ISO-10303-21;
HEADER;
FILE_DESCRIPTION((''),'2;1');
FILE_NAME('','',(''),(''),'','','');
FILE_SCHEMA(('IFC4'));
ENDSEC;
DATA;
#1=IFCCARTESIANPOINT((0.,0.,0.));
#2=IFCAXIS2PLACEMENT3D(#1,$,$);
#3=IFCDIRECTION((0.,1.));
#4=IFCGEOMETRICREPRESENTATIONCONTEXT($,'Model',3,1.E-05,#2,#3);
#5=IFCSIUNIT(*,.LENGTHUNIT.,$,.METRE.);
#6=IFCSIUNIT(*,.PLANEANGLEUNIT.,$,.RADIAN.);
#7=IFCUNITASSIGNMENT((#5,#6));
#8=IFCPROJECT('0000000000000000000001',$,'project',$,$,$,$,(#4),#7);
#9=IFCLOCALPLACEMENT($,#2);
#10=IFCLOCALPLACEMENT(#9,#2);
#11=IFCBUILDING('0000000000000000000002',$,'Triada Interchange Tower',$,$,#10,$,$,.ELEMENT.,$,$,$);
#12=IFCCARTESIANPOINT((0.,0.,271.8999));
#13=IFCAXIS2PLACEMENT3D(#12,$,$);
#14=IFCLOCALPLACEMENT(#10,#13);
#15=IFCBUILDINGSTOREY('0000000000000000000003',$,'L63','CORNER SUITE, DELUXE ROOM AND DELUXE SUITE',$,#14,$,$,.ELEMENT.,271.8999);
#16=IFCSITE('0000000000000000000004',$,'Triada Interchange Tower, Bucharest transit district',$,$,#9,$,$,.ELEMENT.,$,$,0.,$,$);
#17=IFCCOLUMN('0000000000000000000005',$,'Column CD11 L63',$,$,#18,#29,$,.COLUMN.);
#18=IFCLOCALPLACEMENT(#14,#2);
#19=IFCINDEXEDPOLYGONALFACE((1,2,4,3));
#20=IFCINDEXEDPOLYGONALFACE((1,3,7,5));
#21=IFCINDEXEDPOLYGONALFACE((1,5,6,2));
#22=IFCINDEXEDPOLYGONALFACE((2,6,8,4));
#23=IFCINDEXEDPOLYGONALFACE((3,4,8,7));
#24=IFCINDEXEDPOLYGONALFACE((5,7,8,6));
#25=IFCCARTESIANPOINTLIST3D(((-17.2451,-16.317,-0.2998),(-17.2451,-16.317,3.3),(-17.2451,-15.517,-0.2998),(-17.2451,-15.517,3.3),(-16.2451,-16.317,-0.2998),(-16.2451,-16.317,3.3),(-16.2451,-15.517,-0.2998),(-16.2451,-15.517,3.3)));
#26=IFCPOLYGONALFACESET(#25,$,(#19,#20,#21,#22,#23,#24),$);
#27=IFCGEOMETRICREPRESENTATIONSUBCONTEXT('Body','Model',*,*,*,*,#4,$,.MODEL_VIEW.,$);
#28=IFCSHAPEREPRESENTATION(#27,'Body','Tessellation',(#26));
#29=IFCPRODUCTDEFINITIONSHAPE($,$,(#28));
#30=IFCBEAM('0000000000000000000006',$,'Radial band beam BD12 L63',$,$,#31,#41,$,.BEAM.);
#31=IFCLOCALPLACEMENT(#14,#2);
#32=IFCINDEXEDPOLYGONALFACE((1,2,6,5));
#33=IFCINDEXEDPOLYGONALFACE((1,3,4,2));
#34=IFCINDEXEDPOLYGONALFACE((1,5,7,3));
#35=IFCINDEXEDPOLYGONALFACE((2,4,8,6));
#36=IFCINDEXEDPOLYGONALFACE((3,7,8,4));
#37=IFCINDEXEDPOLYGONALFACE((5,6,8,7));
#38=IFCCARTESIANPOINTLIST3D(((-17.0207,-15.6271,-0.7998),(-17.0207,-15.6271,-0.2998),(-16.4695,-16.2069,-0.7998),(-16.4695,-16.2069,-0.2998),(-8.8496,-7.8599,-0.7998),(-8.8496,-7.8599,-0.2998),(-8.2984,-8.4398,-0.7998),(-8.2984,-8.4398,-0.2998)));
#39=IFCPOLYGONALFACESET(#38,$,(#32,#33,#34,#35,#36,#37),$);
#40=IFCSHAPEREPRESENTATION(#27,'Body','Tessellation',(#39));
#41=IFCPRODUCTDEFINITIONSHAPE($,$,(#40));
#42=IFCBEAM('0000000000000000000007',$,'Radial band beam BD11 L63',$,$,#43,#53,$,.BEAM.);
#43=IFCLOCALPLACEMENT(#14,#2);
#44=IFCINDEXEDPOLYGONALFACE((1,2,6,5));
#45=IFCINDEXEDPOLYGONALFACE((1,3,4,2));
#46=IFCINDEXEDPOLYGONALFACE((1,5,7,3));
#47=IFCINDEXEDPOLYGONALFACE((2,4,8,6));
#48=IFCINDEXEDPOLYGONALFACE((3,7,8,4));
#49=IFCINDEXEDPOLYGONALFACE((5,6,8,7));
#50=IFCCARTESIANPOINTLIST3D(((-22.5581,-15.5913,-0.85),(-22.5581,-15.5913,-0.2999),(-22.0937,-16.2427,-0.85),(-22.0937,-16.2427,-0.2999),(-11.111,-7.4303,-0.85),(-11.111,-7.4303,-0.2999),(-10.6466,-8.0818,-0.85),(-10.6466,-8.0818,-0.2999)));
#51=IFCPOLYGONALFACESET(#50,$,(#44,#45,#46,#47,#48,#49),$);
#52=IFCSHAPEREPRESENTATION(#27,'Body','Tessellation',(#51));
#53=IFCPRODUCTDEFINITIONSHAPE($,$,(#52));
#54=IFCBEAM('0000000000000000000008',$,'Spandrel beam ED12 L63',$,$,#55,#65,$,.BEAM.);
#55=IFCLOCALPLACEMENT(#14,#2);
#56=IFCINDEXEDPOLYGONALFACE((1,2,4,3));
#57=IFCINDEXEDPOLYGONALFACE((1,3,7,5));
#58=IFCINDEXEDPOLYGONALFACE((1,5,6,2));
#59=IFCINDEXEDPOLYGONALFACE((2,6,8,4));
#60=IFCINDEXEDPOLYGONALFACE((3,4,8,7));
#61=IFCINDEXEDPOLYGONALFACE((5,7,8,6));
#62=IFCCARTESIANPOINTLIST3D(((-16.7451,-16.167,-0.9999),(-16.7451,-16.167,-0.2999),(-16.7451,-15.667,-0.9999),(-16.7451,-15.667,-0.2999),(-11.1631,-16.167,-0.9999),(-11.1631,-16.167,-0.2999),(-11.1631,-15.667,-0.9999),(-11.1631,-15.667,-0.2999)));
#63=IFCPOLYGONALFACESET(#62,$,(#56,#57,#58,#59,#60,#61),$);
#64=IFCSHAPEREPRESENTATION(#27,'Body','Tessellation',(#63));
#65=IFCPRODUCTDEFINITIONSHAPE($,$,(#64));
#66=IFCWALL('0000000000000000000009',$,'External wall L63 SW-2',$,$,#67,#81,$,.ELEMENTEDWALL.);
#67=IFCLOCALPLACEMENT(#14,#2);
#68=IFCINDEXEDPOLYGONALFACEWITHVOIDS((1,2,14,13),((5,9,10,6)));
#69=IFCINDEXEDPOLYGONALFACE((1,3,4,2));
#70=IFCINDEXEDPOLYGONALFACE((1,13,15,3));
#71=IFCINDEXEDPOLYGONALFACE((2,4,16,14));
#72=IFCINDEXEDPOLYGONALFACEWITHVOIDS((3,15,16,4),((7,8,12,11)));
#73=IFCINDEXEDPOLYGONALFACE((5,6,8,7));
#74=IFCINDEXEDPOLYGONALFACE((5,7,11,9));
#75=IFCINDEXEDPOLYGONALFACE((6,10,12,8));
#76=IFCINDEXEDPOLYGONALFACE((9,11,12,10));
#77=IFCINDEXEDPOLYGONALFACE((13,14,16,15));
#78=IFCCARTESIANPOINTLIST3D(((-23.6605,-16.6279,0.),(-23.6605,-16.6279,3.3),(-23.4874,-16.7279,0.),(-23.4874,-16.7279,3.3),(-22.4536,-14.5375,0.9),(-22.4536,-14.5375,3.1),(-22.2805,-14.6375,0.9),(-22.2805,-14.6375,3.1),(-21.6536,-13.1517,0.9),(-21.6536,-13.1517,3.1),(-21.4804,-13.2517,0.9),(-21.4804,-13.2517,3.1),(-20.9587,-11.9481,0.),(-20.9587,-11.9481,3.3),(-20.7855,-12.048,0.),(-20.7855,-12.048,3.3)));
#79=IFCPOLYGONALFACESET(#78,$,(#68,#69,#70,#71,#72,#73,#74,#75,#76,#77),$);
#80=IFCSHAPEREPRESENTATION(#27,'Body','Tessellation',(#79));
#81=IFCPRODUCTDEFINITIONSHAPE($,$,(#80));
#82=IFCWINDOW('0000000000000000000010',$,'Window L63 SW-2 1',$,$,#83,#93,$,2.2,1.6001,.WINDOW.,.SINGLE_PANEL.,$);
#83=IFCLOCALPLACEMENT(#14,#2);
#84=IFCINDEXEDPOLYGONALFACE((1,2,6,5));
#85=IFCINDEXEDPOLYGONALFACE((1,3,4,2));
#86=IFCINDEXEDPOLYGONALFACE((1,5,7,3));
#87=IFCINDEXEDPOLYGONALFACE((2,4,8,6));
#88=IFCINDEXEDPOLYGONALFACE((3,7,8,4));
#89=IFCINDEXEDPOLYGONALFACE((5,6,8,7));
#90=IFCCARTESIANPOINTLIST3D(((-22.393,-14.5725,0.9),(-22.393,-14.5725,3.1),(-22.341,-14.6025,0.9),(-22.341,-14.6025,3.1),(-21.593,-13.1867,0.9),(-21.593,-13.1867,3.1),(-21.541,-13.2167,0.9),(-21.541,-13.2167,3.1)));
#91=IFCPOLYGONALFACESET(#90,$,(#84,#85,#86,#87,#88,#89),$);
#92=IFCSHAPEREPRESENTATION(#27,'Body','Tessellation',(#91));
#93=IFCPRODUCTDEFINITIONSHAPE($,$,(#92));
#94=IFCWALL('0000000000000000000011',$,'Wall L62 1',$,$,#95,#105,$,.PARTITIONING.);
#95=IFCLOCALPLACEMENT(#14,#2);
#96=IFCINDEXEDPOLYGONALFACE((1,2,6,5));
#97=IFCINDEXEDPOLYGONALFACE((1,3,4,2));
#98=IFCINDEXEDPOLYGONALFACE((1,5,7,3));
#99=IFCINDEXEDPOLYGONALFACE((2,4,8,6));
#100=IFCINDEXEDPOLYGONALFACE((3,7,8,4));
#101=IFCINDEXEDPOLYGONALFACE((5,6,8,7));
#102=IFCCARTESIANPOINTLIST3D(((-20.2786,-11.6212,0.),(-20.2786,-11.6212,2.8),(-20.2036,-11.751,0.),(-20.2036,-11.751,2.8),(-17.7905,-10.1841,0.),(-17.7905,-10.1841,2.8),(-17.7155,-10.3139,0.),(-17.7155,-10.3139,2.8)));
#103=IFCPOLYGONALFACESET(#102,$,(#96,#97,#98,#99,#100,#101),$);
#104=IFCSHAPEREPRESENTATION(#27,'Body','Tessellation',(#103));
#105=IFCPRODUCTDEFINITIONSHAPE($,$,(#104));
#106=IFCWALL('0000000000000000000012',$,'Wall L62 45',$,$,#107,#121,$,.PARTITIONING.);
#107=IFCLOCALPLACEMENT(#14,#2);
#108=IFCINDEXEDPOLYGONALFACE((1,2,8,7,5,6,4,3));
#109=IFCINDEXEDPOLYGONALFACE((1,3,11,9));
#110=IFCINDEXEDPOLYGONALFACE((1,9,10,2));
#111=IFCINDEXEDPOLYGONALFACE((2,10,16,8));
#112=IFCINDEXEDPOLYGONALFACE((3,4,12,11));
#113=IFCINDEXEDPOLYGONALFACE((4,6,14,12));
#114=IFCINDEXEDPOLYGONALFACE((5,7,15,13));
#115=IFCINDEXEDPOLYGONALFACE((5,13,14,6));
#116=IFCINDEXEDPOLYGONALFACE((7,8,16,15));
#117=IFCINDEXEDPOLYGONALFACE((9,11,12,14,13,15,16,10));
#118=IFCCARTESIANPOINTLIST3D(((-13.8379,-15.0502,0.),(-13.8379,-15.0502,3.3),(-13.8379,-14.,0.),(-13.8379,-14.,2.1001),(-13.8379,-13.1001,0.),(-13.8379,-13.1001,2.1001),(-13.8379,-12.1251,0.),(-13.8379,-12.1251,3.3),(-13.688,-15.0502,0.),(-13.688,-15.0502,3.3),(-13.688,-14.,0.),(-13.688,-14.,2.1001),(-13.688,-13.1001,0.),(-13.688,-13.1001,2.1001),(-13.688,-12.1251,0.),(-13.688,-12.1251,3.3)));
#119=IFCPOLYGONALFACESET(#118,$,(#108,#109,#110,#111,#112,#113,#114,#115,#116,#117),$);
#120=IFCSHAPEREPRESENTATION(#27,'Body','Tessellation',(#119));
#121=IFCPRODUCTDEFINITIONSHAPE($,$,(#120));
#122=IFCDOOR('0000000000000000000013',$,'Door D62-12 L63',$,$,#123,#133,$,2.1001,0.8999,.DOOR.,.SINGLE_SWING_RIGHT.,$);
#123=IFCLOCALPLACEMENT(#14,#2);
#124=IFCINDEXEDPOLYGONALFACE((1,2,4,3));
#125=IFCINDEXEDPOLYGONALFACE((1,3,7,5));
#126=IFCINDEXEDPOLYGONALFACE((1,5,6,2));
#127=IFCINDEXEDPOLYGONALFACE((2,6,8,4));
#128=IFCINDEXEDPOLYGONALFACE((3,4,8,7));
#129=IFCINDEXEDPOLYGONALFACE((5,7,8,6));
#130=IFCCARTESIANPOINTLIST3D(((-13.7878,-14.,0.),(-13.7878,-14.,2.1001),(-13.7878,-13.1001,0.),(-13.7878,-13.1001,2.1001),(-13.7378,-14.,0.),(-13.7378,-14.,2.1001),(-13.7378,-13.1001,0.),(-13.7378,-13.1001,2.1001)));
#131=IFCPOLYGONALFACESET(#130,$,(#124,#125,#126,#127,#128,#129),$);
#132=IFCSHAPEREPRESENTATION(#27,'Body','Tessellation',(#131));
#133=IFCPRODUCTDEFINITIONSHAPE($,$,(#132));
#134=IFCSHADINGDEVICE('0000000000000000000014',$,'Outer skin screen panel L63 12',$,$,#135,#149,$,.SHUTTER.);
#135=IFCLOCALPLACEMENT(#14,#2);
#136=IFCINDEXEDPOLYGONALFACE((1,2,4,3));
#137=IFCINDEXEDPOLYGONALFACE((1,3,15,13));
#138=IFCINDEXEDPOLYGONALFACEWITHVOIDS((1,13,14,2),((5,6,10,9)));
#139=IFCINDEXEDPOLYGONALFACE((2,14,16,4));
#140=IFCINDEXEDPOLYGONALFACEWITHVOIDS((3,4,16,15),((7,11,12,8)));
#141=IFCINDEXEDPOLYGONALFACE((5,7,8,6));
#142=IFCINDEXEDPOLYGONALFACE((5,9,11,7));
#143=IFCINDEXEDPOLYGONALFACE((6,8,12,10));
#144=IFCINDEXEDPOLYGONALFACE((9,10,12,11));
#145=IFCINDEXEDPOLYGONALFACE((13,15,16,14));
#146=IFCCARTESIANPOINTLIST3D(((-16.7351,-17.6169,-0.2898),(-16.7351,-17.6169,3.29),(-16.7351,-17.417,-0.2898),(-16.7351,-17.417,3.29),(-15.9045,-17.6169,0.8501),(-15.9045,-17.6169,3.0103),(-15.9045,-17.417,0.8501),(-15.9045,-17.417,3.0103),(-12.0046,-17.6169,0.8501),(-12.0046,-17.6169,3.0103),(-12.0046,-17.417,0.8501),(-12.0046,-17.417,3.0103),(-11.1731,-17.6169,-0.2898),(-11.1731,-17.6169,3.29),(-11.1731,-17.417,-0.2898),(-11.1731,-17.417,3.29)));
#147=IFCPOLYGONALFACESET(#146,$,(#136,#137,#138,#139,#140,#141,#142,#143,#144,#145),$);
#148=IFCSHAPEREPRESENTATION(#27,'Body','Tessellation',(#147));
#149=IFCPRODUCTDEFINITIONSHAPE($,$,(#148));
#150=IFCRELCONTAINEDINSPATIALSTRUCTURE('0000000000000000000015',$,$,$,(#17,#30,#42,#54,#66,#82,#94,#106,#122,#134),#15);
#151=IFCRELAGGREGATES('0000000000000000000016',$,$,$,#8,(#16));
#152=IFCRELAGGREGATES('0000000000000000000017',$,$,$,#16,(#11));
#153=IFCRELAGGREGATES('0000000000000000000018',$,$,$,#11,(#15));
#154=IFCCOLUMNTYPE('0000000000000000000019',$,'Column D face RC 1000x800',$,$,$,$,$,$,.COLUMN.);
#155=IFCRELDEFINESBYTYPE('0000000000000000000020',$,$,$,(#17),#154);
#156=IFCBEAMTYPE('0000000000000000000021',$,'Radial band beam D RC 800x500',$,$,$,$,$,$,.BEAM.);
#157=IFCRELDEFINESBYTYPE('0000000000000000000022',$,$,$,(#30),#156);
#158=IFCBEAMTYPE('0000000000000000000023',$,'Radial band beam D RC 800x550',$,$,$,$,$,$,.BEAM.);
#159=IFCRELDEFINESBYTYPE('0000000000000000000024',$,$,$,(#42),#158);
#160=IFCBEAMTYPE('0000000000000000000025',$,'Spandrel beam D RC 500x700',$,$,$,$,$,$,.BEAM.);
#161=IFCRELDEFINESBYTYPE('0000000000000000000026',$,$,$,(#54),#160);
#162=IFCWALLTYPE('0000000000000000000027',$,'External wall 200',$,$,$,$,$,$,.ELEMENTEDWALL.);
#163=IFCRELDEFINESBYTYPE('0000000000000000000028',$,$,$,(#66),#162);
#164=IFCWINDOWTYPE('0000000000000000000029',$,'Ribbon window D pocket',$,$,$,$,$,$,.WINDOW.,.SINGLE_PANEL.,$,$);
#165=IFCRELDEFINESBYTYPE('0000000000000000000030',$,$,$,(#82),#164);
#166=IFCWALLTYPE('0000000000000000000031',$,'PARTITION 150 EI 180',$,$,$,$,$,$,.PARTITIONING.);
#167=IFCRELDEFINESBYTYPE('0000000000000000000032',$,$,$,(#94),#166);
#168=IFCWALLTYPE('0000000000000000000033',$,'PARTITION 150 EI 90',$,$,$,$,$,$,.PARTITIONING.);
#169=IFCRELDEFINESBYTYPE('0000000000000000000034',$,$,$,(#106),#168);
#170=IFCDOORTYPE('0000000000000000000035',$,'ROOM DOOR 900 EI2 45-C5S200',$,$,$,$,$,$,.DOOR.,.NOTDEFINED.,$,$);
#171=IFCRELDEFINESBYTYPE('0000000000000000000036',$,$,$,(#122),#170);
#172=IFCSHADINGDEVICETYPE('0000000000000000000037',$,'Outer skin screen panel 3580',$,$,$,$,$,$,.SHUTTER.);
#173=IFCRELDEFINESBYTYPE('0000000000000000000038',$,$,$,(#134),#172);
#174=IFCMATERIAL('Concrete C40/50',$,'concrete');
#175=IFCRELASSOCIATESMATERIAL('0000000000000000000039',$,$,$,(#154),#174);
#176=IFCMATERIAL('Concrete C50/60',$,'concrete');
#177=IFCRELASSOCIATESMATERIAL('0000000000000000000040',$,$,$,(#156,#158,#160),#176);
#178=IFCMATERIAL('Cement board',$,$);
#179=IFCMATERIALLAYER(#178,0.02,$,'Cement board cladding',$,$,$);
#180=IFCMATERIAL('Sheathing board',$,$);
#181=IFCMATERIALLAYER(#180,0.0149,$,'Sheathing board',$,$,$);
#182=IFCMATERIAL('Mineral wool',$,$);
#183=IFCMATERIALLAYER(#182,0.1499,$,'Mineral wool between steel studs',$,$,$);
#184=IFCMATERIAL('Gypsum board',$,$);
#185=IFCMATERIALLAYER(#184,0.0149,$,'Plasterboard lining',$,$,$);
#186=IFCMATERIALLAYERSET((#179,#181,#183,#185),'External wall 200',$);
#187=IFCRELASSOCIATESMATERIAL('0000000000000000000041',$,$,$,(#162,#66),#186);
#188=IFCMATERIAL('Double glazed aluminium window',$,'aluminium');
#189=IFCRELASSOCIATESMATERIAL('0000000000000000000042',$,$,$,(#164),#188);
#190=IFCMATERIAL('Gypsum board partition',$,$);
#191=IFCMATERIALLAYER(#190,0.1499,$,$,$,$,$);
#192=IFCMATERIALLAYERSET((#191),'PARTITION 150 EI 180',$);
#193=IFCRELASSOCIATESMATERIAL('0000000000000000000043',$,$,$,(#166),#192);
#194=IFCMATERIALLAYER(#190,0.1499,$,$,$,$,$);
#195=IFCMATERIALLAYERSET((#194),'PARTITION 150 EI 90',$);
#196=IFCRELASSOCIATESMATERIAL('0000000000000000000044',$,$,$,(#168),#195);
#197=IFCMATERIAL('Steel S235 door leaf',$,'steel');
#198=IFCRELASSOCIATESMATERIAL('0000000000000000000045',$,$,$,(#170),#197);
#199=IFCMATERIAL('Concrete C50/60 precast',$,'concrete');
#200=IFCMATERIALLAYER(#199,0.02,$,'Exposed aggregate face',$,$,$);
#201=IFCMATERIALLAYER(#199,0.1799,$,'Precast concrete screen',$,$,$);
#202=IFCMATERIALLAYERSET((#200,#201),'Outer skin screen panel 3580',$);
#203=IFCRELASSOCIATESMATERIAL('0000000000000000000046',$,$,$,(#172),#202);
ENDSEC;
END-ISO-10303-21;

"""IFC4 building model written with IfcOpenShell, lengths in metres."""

from ifc_helpers import new_model, si_unit, direction, frame, frame_2d, origin, origin_2d, place, context, subcontext, project, spatial, polyline, rectangle, outline, extrude, material, layer, layer_set, layer_usage, material_profile, profile_set, type_object, element, fill, save


model = new_model("IFC4")

# Units and contexts
model_context = context("Model", 3, precision=1e-05, world=origin(), true_north=direction((0.0, 1.0)))
body_context = subcontext(model_context, "Body", "Model", "MODEL_VIEW")
ifc_project = project(units=[si_unit("LENGTHUNIT", "METRE"), si_unit("PLANEANGLEUNIT", "RADIAN")], contexts=[model_context])

# Site, building, storey
site_placement = place(None, origin())
site = spatial("IfcSite", under=ifc_project, at=site_placement, Name="Triada Interchange Tower, Bucharest transit district", CompositionType="ELEMENT", RefElevation=0.0)
building_placement = place(site_placement, origin())
building = spatial("IfcBuilding", under=site, at=building_placement, Name="Triada Interchange Tower", CompositionType="ELEMENT")
storey_placement = place(building_placement, frame((0.0, 0.0, 271.8999)))
storey = spatial("IfcBuildingStorey", under=building, at=storey_placement, Name="L63", Description="CORNER SUITE, DELUXE ROOM AND DELUXE SUITE", CompositionType="ELEMENT", Elevation=271.8999)

# Column
ifc_material_1 = material(Name="Concrete C40/50", Category="concrete")
ifc_material_profile_1 = material_profile(ifc_material_1, rectangle(XDim=1.0, YDim=0.8, at=origin_2d()), Name="RC 1000x800")
ifc_profile_set_1 = profile_set([ifc_material_profile_1], Name="Concrete C40/50")
column_type = type_object("IfcColumnType", Name="Column D face RC 1000x800", PredefinedType="COLUMN", material=ifc_profile_set_1)
column_placement = place(storey_placement, frame((-16.7451, -15.917, -0.2998), z_axis=(0.0, 0.0, 1.0), x_axis=(1.0, 0.0, 0.0)))
element("IfcColumn", 1, at=column_placement, inside=storey, type_object=column_type, Name="Column CD11 L63", PredefinedType="COLUMN", context=body_context, shape_type="SweptSolid", body=[
    extrude(rectangle(XDim=1.0, YDim=0.8, at=origin_2d()), origin(), (0.0, 0.0, 1.0), 3.5999),
])

# Beams
ifc_material_2 = material(Name="Concrete C50/60", Category="concrete")
ifc_material_profile_2 = material_profile(ifc_material_2, rectangle(XDim=0.8, YDim=0.5, at=origin_2d()), Name="RC 800x500")
ifc_profile_set_2 = profile_set([ifc_material_profile_2], Name="Concrete C50/60")
beam_type_1 = type_object("IfcBeamType", Name="Radial band beam D RC 800x500", PredefinedType="BEAM", material=ifc_profile_set_2)
beam_1_placement = place(storey_placement, frame((-16.7451, -15.917, -0.5498), z_axis=(0.7248, 0.688959, 0.0), x_axis=(-0.688959, 0.7248, 0.0)))
element("IfcBeam", 2, at=beam_1_placement, inside=storey, type_object=beam_type_1, Name="Radial band beam BD12 L63", PredefinedType="BEAM", context=body_context, shape_type="SweptSolid", body=[
    extrude(rectangle(XDim=0.8, YDim=0.5, at=origin_2d()), origin(), (0.0, 0.0, 1.0), 11.2737),
])
ifc_material_profile_3 = material_profile(ifc_material_2, rectangle(XDim=0.8, YDim=0.55, at=origin_2d()), Name="RC 800x550")
ifc_profile_set_3 = profile_set([ifc_material_profile_3], Name="Concrete C50/60")
beam_type_2 = type_object("IfcBeamType", Name="Radial band beam D RC 800x550", PredefinedType="BEAM", material=ifc_profile_set_3)
beam_2_placement = place(storey_placement, frame((-22.3259, -15.917, -0.575), z_axis=(0.814256, 0.580505, 0.0), x_axis=(-0.580505, 0.814256, 0.0)))
element("IfcBeam", 3, at=beam_2_placement, inside=storey, type_object=beam_type_2, Name="Radial band beam BD11 L63", PredefinedType="BEAM", context=body_context, shape_type="SweptSolid", body=[
    extrude(rectangle(XDim=0.8, YDim=0.55, at=origin_2d()), origin(), (0.0, 0.0, 1.0), 14.0583),
])
ifc_material_profile_4 = material_profile(ifc_material_2, rectangle(XDim=0.5, YDim=0.7, at=origin_2d()), Name="RC 500x700")
ifc_profile_set_4 = profile_set([ifc_material_profile_4], Name="Concrete C50/60")
beam_type_3 = type_object("IfcBeamType", Name="Spandrel beam D RC 500x700", PredefinedType="BEAM", material=ifc_profile_set_4)
beam_3_placement = place(storey_placement, frame((-16.7451, -15.917, -0.6499), z_axis=(1.0, 0.0, 0.0), x_axis=(0.0, 1.0, 0.0)))
element("IfcBeam", 4, at=beam_3_placement, inside=storey, type_object=beam_type_3, Name="Spandrel beam ED12 L63", PredefinedType="BEAM", context=body_context, shape_type="SweptSolid", body=[
    extrude(rectangle(XDim=0.5, YDim=0.7, at=origin_2d()), origin(), (0.0, 0.0, 1.0), 5.582),
])

# Wall, opening, window
ifc_material_3 = material(Name="Cement board")
ifc_layer_1 = layer(ifc_material_3, 0.02, Name="Cement board cladding")
ifc_material_4 = material(Name="Sheathing board")
ifc_layer_2 = layer(ifc_material_4, 0.0149, Name="Sheathing board")
ifc_material_5 = material(Name="Mineral wool")
ifc_layer_3 = layer(ifc_material_5, 0.1499, Name="Mineral wool between steel studs")
ifc_material_6 = material(Name="Gypsum board")
ifc_layer_4 = layer(ifc_material_6, 0.0149, Name="Plasterboard lining")
ifc_layer_set_1 = layer_set([ifc_layer_1, ifc_layer_2, ifc_layer_3, ifc_layer_4], Name="External wall 200")
ifc_layer_usage = layer_usage(ifc_layer_set_1, "AXIS2", "POSITIVE", -0.1001)
wall_type_1 = type_object("IfcWallType", Name="External wall 200", PredefinedType="ELEMENTEDWALL", material=ifc_layer_set_1)
wall_1_placement = place(storey_placement, frame((-20.8721, -11.998, 0.0), z_axis=(0.0, 0.0, 1.0), x_axis=(-0.499992, -0.86603, 0.0)))
wall_1 = element("IfcWall", 5, at=wall_1_placement, inside=storey, type_object=wall_type_1, material=ifc_layer_usage, Name="External wall L63 SW-2", PredefinedType="ELEMENTEDWALL", context=body_context, shape_type="SweptSolid", body=[
    extrude(rectangle(XDim=5.4038, YDim=0.2, at=frame_2d((2.7019, 0.0))), origin(), (0.0, 0.0, 1.0), 3.3),
])
opening_1_placement = place(wall_1_placement, frame((1.3899, 0.0, 0.8999)))
opening_1 = element("IfcOpeningElement", 6, at=opening_1_placement, cuts=wall_1, PredefinedType="OPENING", context=body_context, shape_type="SweptSolid", body=[
    extrude(rectangle(XDim=1.6001, YDim=2.2, at=frame_2d((0.8, 1.1001))), frame((0.0, 0.1099, 0.0), z_axis=(0.0, -1.0, 0.0), x_axis=(1.0, 0.0, 0.0)), (0.0, 0.0, 1.0), 0.22),
])
ifc_material_7 = material(Name="Double glazed aluminium window", Category="aluminium")
window_type = type_object("IfcWindowType", Name="Ribbon window D pocket", PartitioningType="SINGLE_PANEL", PredefinedType="WINDOW", material=ifc_material_7)
window_placement = place(opening_1_placement, origin())
window = element("IfcWindow", 7, at=window_placement, inside=storey, type_object=window_type, Name="Window L63 SW-2 1", OverallHeight=2.2, OverallWidth=1.6001, PartitioningType="SINGLE_PANEL", PredefinedType="WINDOW", context=body_context, shape_type="SweptSolid", body=[
    extrude(rectangle(XDim=1.6001, YDim=2.2, at=frame_2d((0.8, 1.1001))), frame((0.0, 0.03, 0.0), z_axis=(0.0, -1.0, 0.0), x_axis=(1.0, 0.0, 0.0)), (0.0, 0.0, 1.0), 0.0601),
])
fill(opening_1, window)

# Wall
ifc_material_8 = material(Name="Gypsum board partition")
ifc_layer_5 = layer(ifc_material_8, 0.1499)
ifc_layer_set_2 = layer_set([ifc_layer_5], Name="PARTITION 150 EI 180")
wall_type_2 = type_object("IfcWallType", Name="PARTITION 150 EI 180", PredefinedType="PARTITIONING", material=ifc_layer_set_2)
wall_2_placement = place(storey_placement, frame((-20.241, -11.686, 0.0), z_axis=(0.0, 0.0, 1.0), x_axis=(0.865944, 0.500142, 0.0)))
element("IfcWall", 8, at=wall_2_placement, inside=storey, type_object=wall_type_2, Name="Wall L62 1", PredefinedType="PARTITIONING", context=body_context, shape_type="SweptSolid", body=[
    extrude(rectangle(XDim=2.8733, YDim=0.1499, at=frame_2d((1.4365, 0.0))), origin(), (0.0, 0.0, 1.0), 2.8),
])

# Wall, opening, door
ifc_layer_6 = layer(ifc_material_8, 0.1499)
ifc_layer_set_3 = layer_set([ifc_layer_6], Name="PARTITION 150 EI 90")
wall_type_3 = type_object("IfcWallType", Name="PARTITION 150 EI 90", PredefinedType="PARTITIONING", material=ifc_layer_set_3)
wall_3_placement = place(storey_placement, frame((-13.7629, -15.05, 0.0), z_axis=(0.0, 0.0, 1.0), x_axis=(0.0, 1.0, 0.0)))
wall_3 = element("IfcWall", 9, at=wall_3_placement, inside=storey, type_object=wall_type_3, Name="Wall L62 45", PredefinedType="PARTITIONING", context=body_context, shape_type="SweptSolid", body=[
    extrude(rectangle(XDim=2.925, YDim=0.1499, at=frame_2d((1.4624, 0.0))), origin(), (0.0, 0.0, 1.0), 3.3),
])
opening_2_placement = place(wall_3_placement, frame((1.05, 0.0, 0.0)))
opening_2 = element("IfcOpeningElement", 10, at=opening_2_placement, cuts=wall_3, PredefinedType="OPENING", context=body_context, shape_type="SweptSolid", body=[
    extrude(rectangle(XDim=0.8999, YDim=2.1001, at=frame_2d((0.45, 1.05))), frame((0.0, 0.085, 0.0), z_axis=(0.0, -1.0, 0.0), x_axis=(1.0, 0.0, 0.0)), (0.0, 0.0, 1.0), 0.1699),
])
ifc_material_9 = material(Name="Steel S235 door leaf", Category="steel")
door_type = type_object("IfcDoorType", Name="ROOM DOOR 900 EI2 45-C5S200", OperationType="NOTDEFINED", PredefinedType="DOOR", material=ifc_material_9)
door_placement = place(opening_2_placement, origin())
door = element("IfcDoor", 11, at=door_placement, inside=storey, type_object=door_type, Name="Door D62-12 L63", OperationType="SINGLE_SWING_RIGHT", OverallHeight=2.1001, OverallWidth=0.8999, PredefinedType="DOOR", context=body_context, shape_type="SweptSolid", body=[
    extrude(rectangle(XDim=0.8999, YDim=2.1001, at=frame_2d((0.45, 1.05))), frame((0.0, 0.0249, 0.0), z_axis=(0.0, -1.0, 0.0), x_axis=(1.0, 0.0, 0.0)), (0.0, 0.0, 1.0), 0.05),
])
fill(opening_2, door)

# Shading device
ifc_material_10 = material(Name="Concrete C50/60 precast", Category="concrete")
ifc_layer_7 = layer(ifc_material_10, 0.02, Name="Exposed aggregate face")
ifc_layer_8 = layer(ifc_material_10, 0.1799, Name="Precast concrete screen")
ifc_layer_set_4 = layer_set([ifc_layer_7, ifc_layer_8], Name="Outer skin screen panel 3580")
shading_device_type = type_object("IfcShadingDeviceType", Name="Outer skin screen panel 3580", PredefinedType="SHUTTER", material=ifc_layer_set_4)
shading_device_placement = place(storey_placement, frame((-16.7351, -17.417, -0.2898), z_axis=(0.0, 0.0, 1.0), x_axis=(1.0, 0.0, 0.0)))
element("IfcShadingDevice", 12, at=shading_device_placement, inside=storey, type_object=shading_device_type, Name="Outer skin screen panel L63 12", PredefinedType="SHUTTER", context=body_context, shape_type="SweptSolid", body=[
    extrude(outline(polyline([(0.0, 0.0), (5.562, 0.0), (5.562, 3.5798), (0.0, 3.5798), (0.0, 0.0)]), holes=[polyline([(0.8306, 1.1399), (0.8306, 3.3), (4.7305, 3.3), (4.7305, 1.1399), (0.8306, 1.1399)])]), frame((0.0, 0.0, 0.0), z_axis=(0.0, -1.0, 0.0), x_axis=(1.0, 0.0, 0.0)), (0.0, 0.0, 1.0), 0.2),
])

save(model, "model.ifc")
